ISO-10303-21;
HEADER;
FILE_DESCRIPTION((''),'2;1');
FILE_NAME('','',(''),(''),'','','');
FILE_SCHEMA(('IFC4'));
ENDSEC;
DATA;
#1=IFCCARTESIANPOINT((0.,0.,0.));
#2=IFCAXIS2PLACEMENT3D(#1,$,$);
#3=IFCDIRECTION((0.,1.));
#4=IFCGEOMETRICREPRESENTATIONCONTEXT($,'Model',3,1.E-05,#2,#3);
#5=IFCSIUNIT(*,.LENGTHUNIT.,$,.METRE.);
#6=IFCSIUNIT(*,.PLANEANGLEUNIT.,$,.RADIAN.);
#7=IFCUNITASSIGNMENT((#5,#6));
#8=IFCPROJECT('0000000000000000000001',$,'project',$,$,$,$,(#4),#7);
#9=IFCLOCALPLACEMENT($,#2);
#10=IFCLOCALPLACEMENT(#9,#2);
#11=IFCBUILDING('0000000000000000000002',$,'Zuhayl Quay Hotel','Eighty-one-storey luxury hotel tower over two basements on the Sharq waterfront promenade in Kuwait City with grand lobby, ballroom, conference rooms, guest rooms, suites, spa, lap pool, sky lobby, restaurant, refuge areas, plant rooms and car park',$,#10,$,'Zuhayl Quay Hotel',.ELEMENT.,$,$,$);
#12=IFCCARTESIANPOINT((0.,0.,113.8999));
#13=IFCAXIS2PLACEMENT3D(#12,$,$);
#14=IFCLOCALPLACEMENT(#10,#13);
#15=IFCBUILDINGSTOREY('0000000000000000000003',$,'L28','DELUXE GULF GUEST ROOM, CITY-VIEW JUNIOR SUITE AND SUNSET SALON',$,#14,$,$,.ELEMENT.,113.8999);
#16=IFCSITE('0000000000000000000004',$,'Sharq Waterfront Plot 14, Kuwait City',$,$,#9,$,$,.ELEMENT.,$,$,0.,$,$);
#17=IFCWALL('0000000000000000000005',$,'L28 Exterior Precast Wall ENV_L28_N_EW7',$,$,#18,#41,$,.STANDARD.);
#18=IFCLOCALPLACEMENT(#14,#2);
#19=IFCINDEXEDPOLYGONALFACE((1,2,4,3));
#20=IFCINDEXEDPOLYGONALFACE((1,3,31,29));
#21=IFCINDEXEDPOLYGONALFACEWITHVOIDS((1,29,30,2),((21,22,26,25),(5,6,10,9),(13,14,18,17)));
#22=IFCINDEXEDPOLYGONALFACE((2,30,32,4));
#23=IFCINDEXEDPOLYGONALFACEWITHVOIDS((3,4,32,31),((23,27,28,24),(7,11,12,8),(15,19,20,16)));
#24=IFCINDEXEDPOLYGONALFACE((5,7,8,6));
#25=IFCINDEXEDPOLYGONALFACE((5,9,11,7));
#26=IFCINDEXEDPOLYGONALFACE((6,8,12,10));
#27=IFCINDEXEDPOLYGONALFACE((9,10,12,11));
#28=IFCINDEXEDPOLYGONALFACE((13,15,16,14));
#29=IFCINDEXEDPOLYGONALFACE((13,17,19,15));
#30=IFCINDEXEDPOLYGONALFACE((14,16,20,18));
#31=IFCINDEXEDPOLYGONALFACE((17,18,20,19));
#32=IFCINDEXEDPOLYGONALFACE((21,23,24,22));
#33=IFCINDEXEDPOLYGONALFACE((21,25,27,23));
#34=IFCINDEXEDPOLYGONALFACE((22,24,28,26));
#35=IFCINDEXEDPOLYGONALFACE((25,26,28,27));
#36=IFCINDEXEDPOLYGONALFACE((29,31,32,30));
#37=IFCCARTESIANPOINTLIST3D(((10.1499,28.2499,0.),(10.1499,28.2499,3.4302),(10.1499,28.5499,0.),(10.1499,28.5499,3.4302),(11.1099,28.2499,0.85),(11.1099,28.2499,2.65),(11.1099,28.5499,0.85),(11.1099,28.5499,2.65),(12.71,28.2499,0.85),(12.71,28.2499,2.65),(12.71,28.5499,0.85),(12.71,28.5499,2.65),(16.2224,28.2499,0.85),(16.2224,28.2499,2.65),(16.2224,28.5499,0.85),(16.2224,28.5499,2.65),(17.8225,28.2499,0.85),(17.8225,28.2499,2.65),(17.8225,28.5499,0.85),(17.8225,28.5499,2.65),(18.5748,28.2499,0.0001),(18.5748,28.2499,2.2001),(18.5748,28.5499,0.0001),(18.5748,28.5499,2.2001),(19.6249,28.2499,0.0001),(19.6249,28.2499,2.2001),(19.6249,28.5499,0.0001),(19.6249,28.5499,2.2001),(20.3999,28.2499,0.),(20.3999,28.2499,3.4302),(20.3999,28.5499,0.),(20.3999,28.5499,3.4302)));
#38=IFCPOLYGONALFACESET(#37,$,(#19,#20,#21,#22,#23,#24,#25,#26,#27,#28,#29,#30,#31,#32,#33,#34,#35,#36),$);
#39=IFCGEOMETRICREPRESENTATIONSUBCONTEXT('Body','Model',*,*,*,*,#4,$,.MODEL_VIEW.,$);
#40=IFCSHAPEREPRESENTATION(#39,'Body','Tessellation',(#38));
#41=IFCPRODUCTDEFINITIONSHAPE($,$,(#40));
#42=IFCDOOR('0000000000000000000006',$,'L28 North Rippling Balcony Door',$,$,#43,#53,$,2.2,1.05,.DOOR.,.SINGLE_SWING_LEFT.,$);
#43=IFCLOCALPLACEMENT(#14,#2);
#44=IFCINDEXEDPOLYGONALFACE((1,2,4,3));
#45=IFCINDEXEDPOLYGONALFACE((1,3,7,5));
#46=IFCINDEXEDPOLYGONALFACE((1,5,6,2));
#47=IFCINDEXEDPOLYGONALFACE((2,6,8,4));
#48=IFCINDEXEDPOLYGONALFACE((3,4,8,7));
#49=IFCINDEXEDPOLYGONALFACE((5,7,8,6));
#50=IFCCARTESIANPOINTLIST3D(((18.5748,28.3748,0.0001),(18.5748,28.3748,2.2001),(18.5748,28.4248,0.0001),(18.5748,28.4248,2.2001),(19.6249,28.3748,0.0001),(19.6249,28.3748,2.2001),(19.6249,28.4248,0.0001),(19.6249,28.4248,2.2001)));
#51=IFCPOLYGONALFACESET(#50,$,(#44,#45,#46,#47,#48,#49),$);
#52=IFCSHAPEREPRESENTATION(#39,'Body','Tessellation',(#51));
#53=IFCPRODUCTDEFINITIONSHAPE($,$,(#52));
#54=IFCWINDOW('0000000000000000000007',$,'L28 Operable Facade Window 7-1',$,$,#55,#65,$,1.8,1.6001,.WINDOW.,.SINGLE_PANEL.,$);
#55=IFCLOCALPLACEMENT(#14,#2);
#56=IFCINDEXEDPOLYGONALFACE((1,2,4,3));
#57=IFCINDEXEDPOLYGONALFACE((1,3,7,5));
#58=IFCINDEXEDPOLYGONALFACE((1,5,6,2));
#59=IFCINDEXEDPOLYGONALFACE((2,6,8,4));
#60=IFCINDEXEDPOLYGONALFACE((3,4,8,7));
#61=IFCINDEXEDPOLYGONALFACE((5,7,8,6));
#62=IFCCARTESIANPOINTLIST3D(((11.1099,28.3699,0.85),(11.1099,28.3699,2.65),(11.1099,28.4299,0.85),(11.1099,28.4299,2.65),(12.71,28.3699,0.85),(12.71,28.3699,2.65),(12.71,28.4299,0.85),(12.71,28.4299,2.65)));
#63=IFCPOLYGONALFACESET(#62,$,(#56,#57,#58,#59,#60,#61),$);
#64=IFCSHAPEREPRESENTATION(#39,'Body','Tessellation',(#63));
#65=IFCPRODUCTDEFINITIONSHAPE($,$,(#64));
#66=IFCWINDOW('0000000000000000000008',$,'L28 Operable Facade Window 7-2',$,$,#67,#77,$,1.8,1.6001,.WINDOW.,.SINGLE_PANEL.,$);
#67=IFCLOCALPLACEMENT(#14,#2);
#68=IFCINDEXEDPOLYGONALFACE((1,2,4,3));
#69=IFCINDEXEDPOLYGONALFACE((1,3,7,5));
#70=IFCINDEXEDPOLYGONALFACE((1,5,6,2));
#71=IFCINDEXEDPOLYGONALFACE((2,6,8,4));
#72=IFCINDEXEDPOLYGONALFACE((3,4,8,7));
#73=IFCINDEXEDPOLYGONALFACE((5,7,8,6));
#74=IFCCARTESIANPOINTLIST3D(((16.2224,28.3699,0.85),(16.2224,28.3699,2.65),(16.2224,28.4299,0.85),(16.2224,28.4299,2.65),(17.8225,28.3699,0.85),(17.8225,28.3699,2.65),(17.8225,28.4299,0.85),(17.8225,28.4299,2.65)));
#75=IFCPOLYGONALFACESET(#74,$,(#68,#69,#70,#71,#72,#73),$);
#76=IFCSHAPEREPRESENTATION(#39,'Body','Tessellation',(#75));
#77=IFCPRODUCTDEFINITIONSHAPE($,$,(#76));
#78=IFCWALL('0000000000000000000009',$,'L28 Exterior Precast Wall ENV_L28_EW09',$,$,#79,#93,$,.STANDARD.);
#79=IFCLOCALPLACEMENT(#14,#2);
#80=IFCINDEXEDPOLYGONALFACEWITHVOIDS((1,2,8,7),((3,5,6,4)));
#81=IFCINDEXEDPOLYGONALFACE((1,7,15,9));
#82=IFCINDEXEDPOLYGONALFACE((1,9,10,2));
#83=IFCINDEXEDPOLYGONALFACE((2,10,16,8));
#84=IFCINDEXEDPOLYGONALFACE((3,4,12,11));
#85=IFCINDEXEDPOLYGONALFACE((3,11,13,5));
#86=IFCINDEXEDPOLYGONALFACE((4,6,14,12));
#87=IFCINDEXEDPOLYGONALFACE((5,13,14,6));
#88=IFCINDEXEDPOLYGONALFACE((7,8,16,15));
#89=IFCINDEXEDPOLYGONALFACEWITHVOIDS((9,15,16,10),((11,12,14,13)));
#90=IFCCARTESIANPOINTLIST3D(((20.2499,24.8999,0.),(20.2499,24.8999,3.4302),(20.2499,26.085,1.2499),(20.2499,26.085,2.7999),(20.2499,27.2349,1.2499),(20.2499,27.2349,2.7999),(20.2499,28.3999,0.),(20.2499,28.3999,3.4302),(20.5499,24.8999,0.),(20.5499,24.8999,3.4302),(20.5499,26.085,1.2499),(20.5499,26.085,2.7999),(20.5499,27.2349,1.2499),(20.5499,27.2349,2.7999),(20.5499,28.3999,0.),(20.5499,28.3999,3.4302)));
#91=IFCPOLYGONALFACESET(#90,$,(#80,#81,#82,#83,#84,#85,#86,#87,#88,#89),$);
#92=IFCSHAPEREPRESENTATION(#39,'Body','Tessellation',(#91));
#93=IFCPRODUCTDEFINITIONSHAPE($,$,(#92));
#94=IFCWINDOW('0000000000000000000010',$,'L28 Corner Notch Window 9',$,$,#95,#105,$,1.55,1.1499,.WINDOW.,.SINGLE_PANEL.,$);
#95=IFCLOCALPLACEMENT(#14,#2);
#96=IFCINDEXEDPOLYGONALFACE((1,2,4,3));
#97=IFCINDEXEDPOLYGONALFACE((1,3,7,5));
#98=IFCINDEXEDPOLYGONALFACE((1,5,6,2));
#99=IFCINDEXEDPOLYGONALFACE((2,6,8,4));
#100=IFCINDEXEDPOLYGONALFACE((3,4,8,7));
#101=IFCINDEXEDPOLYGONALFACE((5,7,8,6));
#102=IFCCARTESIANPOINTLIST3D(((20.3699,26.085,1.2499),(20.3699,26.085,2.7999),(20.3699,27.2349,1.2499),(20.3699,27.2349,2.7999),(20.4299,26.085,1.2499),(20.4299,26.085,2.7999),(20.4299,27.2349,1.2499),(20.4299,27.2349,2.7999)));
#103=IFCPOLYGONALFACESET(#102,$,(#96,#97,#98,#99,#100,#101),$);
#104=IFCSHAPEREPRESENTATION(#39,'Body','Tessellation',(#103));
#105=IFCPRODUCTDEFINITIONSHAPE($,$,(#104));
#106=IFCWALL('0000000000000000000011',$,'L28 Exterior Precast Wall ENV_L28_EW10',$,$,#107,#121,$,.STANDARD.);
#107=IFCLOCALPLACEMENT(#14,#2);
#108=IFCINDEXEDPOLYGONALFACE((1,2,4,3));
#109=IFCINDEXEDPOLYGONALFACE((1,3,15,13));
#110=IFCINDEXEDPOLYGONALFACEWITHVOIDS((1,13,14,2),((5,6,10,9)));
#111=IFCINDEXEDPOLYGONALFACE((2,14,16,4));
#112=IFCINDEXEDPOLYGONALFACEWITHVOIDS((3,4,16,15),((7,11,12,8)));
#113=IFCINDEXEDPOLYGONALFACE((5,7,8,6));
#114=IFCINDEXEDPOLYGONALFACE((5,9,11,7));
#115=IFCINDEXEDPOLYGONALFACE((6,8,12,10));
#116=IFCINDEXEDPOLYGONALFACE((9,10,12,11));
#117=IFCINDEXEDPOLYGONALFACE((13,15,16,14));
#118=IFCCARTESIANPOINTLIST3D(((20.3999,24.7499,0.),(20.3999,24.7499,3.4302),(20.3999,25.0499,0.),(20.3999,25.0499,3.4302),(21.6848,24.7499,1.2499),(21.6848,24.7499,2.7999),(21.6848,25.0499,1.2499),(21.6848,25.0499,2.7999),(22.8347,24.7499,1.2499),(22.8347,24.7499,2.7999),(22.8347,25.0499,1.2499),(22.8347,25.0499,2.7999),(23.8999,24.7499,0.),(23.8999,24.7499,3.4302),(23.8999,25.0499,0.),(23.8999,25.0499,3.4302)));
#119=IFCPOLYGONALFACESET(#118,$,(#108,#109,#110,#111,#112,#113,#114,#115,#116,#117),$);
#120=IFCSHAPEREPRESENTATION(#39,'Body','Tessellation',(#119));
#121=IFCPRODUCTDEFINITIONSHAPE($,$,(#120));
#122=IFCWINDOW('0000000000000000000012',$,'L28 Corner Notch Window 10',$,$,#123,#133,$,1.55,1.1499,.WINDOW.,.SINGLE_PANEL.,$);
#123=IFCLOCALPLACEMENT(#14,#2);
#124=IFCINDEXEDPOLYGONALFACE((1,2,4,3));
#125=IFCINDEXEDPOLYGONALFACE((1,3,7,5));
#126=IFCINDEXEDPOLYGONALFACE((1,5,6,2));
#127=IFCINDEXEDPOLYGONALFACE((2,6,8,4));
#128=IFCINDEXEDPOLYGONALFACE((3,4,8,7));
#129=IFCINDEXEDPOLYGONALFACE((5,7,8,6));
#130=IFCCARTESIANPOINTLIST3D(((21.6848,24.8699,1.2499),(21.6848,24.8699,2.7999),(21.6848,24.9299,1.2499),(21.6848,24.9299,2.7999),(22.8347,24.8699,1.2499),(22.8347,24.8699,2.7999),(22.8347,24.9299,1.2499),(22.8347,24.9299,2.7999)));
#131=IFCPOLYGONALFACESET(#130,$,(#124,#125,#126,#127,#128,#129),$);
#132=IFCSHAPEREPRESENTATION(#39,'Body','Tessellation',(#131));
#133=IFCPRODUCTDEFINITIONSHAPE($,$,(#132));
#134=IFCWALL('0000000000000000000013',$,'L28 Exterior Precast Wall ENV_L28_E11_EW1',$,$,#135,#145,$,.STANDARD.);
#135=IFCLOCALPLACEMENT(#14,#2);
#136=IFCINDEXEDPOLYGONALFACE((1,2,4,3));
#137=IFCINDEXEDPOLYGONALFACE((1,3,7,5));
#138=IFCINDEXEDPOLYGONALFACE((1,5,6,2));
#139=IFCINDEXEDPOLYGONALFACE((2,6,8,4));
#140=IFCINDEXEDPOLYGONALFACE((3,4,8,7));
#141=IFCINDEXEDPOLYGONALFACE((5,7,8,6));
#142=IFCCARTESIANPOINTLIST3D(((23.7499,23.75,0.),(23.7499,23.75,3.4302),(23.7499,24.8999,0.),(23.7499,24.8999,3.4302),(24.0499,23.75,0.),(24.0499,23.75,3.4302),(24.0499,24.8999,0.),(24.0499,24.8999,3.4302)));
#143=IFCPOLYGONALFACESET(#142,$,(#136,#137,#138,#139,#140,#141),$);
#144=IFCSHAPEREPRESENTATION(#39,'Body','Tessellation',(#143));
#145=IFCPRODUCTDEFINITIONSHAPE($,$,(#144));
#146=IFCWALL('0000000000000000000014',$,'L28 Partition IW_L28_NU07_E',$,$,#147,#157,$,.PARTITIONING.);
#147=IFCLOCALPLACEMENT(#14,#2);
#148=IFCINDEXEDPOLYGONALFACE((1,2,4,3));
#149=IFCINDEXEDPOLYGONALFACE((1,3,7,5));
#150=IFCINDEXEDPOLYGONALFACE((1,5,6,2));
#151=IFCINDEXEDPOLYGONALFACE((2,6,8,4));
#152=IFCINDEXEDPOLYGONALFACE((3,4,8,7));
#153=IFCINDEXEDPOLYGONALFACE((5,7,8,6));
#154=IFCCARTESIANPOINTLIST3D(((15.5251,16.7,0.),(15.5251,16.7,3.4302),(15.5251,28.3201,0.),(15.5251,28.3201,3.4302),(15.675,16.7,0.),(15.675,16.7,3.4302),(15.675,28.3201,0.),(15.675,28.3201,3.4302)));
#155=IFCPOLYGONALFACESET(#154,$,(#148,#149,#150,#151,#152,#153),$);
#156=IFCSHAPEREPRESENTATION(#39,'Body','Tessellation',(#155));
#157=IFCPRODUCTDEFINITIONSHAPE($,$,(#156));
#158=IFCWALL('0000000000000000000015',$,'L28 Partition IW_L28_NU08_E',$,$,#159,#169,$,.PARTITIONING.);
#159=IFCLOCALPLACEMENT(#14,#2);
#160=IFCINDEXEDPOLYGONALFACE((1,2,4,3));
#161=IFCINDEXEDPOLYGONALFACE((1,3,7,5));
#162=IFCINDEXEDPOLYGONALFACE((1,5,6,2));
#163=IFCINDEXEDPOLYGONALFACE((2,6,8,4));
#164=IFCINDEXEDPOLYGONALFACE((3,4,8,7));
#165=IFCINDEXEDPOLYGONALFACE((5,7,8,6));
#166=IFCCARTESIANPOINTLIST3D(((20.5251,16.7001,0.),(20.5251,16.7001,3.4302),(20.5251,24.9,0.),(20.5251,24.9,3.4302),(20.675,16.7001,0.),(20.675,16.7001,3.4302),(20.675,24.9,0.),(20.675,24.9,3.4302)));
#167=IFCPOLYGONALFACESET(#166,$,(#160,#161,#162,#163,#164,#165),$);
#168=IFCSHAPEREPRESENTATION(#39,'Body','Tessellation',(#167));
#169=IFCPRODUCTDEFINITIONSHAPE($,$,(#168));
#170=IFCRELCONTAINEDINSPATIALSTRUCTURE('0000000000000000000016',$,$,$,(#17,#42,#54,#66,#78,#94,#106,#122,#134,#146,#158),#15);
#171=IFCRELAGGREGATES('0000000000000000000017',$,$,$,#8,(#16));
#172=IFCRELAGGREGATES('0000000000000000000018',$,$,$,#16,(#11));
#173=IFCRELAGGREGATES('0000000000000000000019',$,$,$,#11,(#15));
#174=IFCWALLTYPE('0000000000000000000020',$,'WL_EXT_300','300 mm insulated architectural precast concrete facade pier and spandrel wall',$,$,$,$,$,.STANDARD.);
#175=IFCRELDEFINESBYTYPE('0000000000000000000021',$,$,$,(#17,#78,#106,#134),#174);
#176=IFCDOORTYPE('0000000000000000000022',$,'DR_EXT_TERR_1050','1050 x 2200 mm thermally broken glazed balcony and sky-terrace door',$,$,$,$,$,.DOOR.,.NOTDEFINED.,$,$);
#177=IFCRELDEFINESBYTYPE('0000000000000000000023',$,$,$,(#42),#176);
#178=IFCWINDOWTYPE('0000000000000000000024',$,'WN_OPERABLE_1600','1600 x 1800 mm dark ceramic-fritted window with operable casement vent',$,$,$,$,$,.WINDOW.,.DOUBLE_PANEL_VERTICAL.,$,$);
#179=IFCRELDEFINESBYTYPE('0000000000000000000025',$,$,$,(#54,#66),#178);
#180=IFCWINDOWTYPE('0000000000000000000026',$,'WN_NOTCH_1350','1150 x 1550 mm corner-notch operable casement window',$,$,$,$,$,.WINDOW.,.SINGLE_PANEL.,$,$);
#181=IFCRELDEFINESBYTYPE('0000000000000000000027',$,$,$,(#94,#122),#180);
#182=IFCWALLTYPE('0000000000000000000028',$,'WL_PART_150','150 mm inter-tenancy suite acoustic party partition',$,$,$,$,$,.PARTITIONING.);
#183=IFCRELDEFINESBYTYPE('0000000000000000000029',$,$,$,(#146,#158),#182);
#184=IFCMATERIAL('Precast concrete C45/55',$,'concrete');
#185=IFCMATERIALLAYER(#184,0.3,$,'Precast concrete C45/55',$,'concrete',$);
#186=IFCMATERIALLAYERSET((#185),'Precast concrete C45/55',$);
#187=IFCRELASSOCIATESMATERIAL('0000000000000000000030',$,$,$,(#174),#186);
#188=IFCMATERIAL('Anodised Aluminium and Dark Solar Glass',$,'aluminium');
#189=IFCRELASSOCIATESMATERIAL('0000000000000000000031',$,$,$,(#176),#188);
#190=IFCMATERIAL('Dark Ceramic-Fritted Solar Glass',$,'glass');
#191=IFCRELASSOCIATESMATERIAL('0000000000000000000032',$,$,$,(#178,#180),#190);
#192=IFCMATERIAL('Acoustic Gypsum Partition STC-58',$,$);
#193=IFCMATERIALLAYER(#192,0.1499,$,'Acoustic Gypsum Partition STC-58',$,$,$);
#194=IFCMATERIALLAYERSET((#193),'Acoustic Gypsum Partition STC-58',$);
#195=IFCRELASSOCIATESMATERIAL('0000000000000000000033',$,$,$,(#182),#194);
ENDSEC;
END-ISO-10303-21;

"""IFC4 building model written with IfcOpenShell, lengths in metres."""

from ifc_helpers import new_model, si_unit, direction, frame, frame_2d, origin, place, context, subcontext, project, spatial, rectangle, extrude, material, layer, layer_set, type_object, element, fill, save


model = new_model("IFC4")

# Units and contexts
model_context = context("Model", 3, precision=1e-05, world=origin(), true_north=direction((0.0, 1.0)))
body_context = subcontext(model_context, "Body", "Model", "MODEL_VIEW")
ifc_project = project(units=[si_unit("LENGTHUNIT", "METRE"), si_unit("PLANEANGLEUNIT", "RADIAN")], contexts=[model_context])

# Site, building, storey
site_placement = place(None, origin())
site = spatial("IfcSite", under=ifc_project, at=site_placement, Name="Sharq Waterfront Plot 14, Kuwait City", CompositionType="ELEMENT", RefElevation=0.0)
building_placement = place(site_placement, origin())
building = spatial("IfcBuilding", under=site, at=building_placement, Name="Zuhayl Quay Hotel", Description="Eighty-one-storey luxury hotel tower over two basements on the Sharq waterfront promenade in Kuwait City with grand lobby, ballroom, conference rooms, guest rooms, suites, spa, lap pool, sky lobby, restaurant, refuge areas, plant rooms and car park", LongName="Zuhayl Quay Hotel", CompositionType="ELEMENT")
storey_placement = place(building_placement, frame((0.0, 0.0, 113.8999)))
storey = spatial("IfcBuildingStorey", under=building, at=storey_placement, Name="L28", Description="DELUXE GULF GUEST ROOM, CITY-VIEW JUNIOR SUITE AND SUNSET SALON", CompositionType="ELEMENT", Elevation=113.8999)

# Shared definitions
ifc_material_1 = material(Name="Dark Ceramic-Fritted Solar Glass", Category="glass")

# Wall, openings, door, windows
ifc_material_2 = material(Name="Precast concrete C45/55", Category="concrete")
ifc_layer_1 = layer(ifc_material_2, 0.3, Name="Precast concrete C45/55", Category="concrete")
ifc_layer_set_1 = layer_set([ifc_layer_1], Name="Precast concrete C45/55")
wall_type_1 = type_object("IfcWallType", Name="WL_EXT_300", Description="300 mm insulated architectural precast concrete facade pier and spandrel wall", PredefinedType="STANDARD", material=ifc_layer_set_1)
wall_1_placement = place(storey_placement, frame((10.1499, 28.3999, 0.0), z_axis=(0.0, 0.0, 1.0), x_axis=(1.0, 0.0, 0.0)))
wall_1 = element("IfcWall", 1, at=wall_1_placement, inside=storey, type_object=wall_type_1, Name="L28 Exterior Precast Wall ENV_L28_N_EW7", PredefinedType="STANDARD", context=body_context, shape_type="SweptSolid", body=[
    extrude(rectangle(XDim=10.25, YDim=0.3, at=frame_2d((5.125, 0.0))), origin(), (0.0, 0.0, 1.0), 3.4302),
])
opening_1_placement = place(wall_1_placement, frame((8.425, 0.0, 0.0)))
opening_1 = element("IfcOpeningElement", 2, at=opening_1_placement, cuts=wall_1, PredefinedType="OPENING", context=body_context, shape_type="SweptSolid", body=[
    extrude(rectangle(XDim=1.05, YDim=2.2, at=frame_2d((0.5249, 1.1001))), frame((0.0, 0.1599, 0.0), z_axis=(0.0, -1.0, 0.0), x_axis=(1.0, 0.0, 0.0)), (0.0, 0.0, 1.0), 0.3201),
])
opening_2_placement = place(wall_1_placement, frame((0.96, 0.0, 0.8501)))
opening_2 = element("IfcOpeningElement", 3, at=opening_2_placement, cuts=wall_1, PredefinedType="OPENING", context=body_context, shape_type="SweptSolid", body=[
    extrude(rectangle(XDim=1.6001, YDim=1.8, at=frame_2d((0.8, 0.8999))), frame((0.0, 0.1599, 0.0), z_axis=(0.0, -1.0, 0.0), x_axis=(1.0, 0.0, 0.0)), (0.0, 0.0, 1.0), 0.3201),
])
opening_3_placement = place(wall_1_placement, frame((6.0725, 0.0, 0.8501)))
opening_3 = element("IfcOpeningElement", 4, at=opening_3_placement, cuts=wall_1, PredefinedType="OPENING", context=body_context, shape_type="SweptSolid", body=[
    extrude(rectangle(XDim=1.6001, YDim=1.8, at=frame_2d((0.8, 0.8999))), frame((0.0, 0.1599, 0.0), z_axis=(0.0, -1.0, 0.0), x_axis=(1.0, 0.0, 0.0)), (0.0, 0.0, 1.0), 0.3201),
])
ifc_material_3 = material(Name="Anodised Aluminium and Dark Solar Glass", Category="aluminium")
door_type_1 = type_object("IfcDoorType", Name="DR_EXT_TERR_1050", Description="1050 x 2200 mm thermally broken glazed balcony and sky-terrace door", OperationType="NOTDEFINED", PredefinedType="DOOR", material=ifc_material_3)
door_1_placement = place(opening_1_placement, origin())
door_1 = element("IfcDoor", 5, at=door_1_placement, inside=storey, type_object=door_type_1, Name="L28 North Rippling Balcony Door", OperationType="SINGLE_SWING_LEFT", OverallHeight=2.2, OverallWidth=1.05, PredefinedType="DOOR", context=body_context, shape_type="SweptSolid", body=[
    extrude(rectangle(XDim=1.05, YDim=2.2, at=frame_2d((0.5249, 1.1001))), frame((0.0, 0.0249, 0.0), z_axis=(0.0, -1.0, 0.0), x_axis=(1.0, 0.0, 0.0)), (0.0, 0.0, 1.0), 0.05),
])
fill(opening_1, door_1)
window_type_1 = type_object("IfcWindowType", Name="WN_OPERABLE_1600", Description="1600 x 1800 mm dark ceramic-fritted window with operable casement vent", PartitioningType="DOUBLE_PANEL_VERTICAL", PredefinedType="WINDOW", material=ifc_material_1)
window_1_placement = place(opening_2_placement, origin())
window_1 = element("IfcWindow", 6, at=window_1_placement, inside=storey, type_object=window_type_1, Name="L28 Operable Facade Window 7-1", OverallHeight=1.8, OverallWidth=1.6001, PartitioningType="SINGLE_PANEL", PredefinedType="WINDOW", context=body_context, shape_type="SweptSolid", body=[
    extrude(rectangle(XDim=1.6001, YDim=1.8, at=frame_2d((0.8, 0.8999))), frame((0.0, 0.03, 0.0), z_axis=(0.0, -1.0, 0.0), x_axis=(1.0, 0.0, 0.0)), (0.0, 0.0, 1.0), 0.0601),
])
fill(opening_2, window_1)
window_2_placement = place(opening_3_placement, origin())
window_2 = element("IfcWindow", 7, at=window_2_placement, inside=storey, type_object=window_type_1, Name="L28 Operable Facade Window 7-2", OverallHeight=1.8, OverallWidth=1.6001, PartitioningType="SINGLE_PANEL", PredefinedType="WINDOW", context=body_context, shape_type="SweptSolid", body=[
    extrude(rectangle(XDim=1.6001, YDim=1.8, at=frame_2d((0.8, 0.8999))), frame((0.0, 0.03, 0.0), z_axis=(0.0, -1.0, 0.0), x_axis=(1.0, 0.0, 0.0)), (0.0, 0.0, 1.0), 0.0601),
])
fill(opening_3, window_2)

# Walls, openings, windows
wall_2_placement = place(storey_placement, frame((20.3999, 28.3999, 0.0), z_axis=(0.0, 0.0, 1.0), x_axis=(0.0, -1.0, 0.0)))
wall_2 = element("IfcWall", 8, at=wall_2_placement, inside=storey, type_object=wall_type_1, Name="L28 Exterior Precast Wall ENV_L28_EW09", PredefinedType="STANDARD", context=body_context, shape_type="SweptSolid", body=[
    extrude(rectangle(XDim=3.5, YDim=0.3, at=frame_2d((1.75, 0.0))), origin(), (0.0, 0.0, 1.0), 3.4302),
])
opening_4_placement = place(wall_2_placement, frame((1.165, 0.0, 1.25)))
opening_4 = element("IfcOpeningElement", 9, at=opening_4_placement, cuts=wall_2, PredefinedType="OPENING", context=body_context, shape_type="SweptSolid", body=[
    extrude(rectangle(XDim=1.1499, YDim=1.55, at=frame_2d((0.575, 0.7749))), frame((0.0, 0.1599, 0.0), z_axis=(0.0, -1.0, 0.0), x_axis=(1.0, 0.0, 0.0)), (0.0, 0.0, 1.0), 0.3201),
])
window_type_2 = type_object("IfcWindowType", Name="WN_NOTCH_1350", Description="1150 x 1550 mm corner-notch operable casement window", PartitioningType="SINGLE_PANEL", PredefinedType="WINDOW", material=ifc_material_1)
window_3_placement = place(opening_4_placement, origin())
window_3 = element("IfcWindow", 10, at=window_3_placement, inside=storey, type_object=window_type_2, Name="L28 Corner Notch Window 9", OverallHeight=1.55, OverallWidth=1.1499, PartitioningType="SINGLE_PANEL", PredefinedType="WINDOW", context=body_context, shape_type="SweptSolid", body=[
    extrude(rectangle(XDim=1.1499, YDim=1.55, at=frame_2d((0.575, 0.7749))), frame((0.0, 0.03, 0.0), z_axis=(0.0, -1.0, 0.0), x_axis=(1.0, 0.0, 0.0)), (0.0, 0.0, 1.0), 0.0601),
])
fill(opening_4, window_3)
wall_3_placement = place(storey_placement, frame((20.3999, 24.8999, 0.0), z_axis=(0.0, 0.0, 1.0), x_axis=(1.0, 0.0, 0.0)))
wall_3 = element("IfcWall", 11, at=wall_3_placement, inside=storey, type_object=wall_type_1, Name="L28 Exterior Precast Wall ENV_L28_EW10", PredefinedType="STANDARD", context=body_context, shape_type="SweptSolid", body=[
    extrude(rectangle(XDim=3.5, YDim=0.3, at=frame_2d((1.75, 0.0))), origin(), (0.0, 0.0, 1.0), 3.4302),
])
opening_5_placement = place(wall_3_placement, frame((1.2849, 0.0, 1.25)))
opening_5 = element("IfcOpeningElement", 12, at=opening_5_placement, cuts=wall_3, PredefinedType="OPENING", context=body_context, shape_type="SweptSolid", body=[
    extrude(rectangle(XDim=1.1499, YDim=1.55, at=frame_2d((0.575, 0.7749))), frame((0.0, 0.1599, 0.0), z_axis=(0.0, -1.0, 0.0), x_axis=(1.0, 0.0, 0.0)), (0.0, 0.0, 1.0), 0.3201),
])
window_4_placement = place(opening_5_placement, origin())
window_4 = element("IfcWindow", 13, at=window_4_placement, inside=storey, type_object=window_type_2, Name="L28 Corner Notch Window 10", OverallHeight=1.55, OverallWidth=1.1499, PartitioningType="SINGLE_PANEL", PredefinedType="WINDOW", context=body_context, shape_type="SweptSolid", body=[
    extrude(rectangle(XDim=1.1499, YDim=1.55, at=frame_2d((0.575, 0.7749))), frame((0.0, 0.03, 0.0), z_axis=(0.0, -1.0, 0.0), x_axis=(1.0, 0.0, 0.0)), (0.0, 0.0, 1.0), 0.0601),
])
fill(opening_5, window_4)

# Walls
wall_4_placement = place(storey_placement, frame((23.8999, 24.8999, 0.0), z_axis=(0.0, 0.0, 1.0), x_axis=(0.0, -1.0, 0.0)))
element("IfcWall", 14, at=wall_4_placement, inside=storey, type_object=wall_type_1, Name="L28 Exterior Precast Wall ENV_L28_E11_EW1", PredefinedType="STANDARD", context=body_context, shape_type="SweptSolid", body=[
    extrude(rectangle(XDim=1.1499, YDim=0.3, at=frame_2d((0.575, 0.0))), origin(), (0.0, 0.0, 1.0), 3.4302),
])
ifc_material_4 = material(Name="Acoustic Gypsum Partition STC-58")
ifc_layer_2 = layer(ifc_material_4, 0.1499, Name="Acoustic Gypsum Partition STC-58")
ifc_layer_set_2 = layer_set([ifc_layer_2], Name="Acoustic Gypsum Partition STC-58")
wall_type_2 = type_object("IfcWallType", Name="WL_PART_150", Description="150 mm inter-tenancy suite acoustic party partition", PredefinedType="PARTITIONING", material=ifc_layer_set_2)
wall_5_placement = place(storey_placement, frame((15.6001, 16.7, 0.0), z_axis=(0.0, 0.0, 1.0), x_axis=(0.0, 1.0, 0.0)))
element("IfcWall", 15, at=wall_5_placement, inside=storey, type_object=wall_type_2, Name="L28 Partition IW_L28_NU07_E", PredefinedType="PARTITIONING", context=body_context, shape_type="SweptSolid", body=[
    extrude(rectangle(XDim=11.6201, YDim=0.1499, at=frame_2d((5.8101, 0.0))), origin(), (0.0, 0.0, 1.0), 3.4302),
])
wall_6_placement = place(storey_placement, frame((20.6001, 16.7, 0.0), z_axis=(0.0, 0.0, 1.0), x_axis=(0.0, 1.0, 0.0)))
element("IfcWall", 16, at=wall_6_placement, inside=storey, type_object=wall_type_2, Name="L28 Partition IW_L28_NU08_E", PredefinedType="PARTITIONING", context=body_context, shape_type="SweptSolid", body=[
    extrude(rectangle(XDim=8.2, YDim=0.1499, at=frame_2d((4.1001, 0.0))), origin(), (0.0, 0.0, 1.0), 3.4302),
])

save(model, "model.ifc")
